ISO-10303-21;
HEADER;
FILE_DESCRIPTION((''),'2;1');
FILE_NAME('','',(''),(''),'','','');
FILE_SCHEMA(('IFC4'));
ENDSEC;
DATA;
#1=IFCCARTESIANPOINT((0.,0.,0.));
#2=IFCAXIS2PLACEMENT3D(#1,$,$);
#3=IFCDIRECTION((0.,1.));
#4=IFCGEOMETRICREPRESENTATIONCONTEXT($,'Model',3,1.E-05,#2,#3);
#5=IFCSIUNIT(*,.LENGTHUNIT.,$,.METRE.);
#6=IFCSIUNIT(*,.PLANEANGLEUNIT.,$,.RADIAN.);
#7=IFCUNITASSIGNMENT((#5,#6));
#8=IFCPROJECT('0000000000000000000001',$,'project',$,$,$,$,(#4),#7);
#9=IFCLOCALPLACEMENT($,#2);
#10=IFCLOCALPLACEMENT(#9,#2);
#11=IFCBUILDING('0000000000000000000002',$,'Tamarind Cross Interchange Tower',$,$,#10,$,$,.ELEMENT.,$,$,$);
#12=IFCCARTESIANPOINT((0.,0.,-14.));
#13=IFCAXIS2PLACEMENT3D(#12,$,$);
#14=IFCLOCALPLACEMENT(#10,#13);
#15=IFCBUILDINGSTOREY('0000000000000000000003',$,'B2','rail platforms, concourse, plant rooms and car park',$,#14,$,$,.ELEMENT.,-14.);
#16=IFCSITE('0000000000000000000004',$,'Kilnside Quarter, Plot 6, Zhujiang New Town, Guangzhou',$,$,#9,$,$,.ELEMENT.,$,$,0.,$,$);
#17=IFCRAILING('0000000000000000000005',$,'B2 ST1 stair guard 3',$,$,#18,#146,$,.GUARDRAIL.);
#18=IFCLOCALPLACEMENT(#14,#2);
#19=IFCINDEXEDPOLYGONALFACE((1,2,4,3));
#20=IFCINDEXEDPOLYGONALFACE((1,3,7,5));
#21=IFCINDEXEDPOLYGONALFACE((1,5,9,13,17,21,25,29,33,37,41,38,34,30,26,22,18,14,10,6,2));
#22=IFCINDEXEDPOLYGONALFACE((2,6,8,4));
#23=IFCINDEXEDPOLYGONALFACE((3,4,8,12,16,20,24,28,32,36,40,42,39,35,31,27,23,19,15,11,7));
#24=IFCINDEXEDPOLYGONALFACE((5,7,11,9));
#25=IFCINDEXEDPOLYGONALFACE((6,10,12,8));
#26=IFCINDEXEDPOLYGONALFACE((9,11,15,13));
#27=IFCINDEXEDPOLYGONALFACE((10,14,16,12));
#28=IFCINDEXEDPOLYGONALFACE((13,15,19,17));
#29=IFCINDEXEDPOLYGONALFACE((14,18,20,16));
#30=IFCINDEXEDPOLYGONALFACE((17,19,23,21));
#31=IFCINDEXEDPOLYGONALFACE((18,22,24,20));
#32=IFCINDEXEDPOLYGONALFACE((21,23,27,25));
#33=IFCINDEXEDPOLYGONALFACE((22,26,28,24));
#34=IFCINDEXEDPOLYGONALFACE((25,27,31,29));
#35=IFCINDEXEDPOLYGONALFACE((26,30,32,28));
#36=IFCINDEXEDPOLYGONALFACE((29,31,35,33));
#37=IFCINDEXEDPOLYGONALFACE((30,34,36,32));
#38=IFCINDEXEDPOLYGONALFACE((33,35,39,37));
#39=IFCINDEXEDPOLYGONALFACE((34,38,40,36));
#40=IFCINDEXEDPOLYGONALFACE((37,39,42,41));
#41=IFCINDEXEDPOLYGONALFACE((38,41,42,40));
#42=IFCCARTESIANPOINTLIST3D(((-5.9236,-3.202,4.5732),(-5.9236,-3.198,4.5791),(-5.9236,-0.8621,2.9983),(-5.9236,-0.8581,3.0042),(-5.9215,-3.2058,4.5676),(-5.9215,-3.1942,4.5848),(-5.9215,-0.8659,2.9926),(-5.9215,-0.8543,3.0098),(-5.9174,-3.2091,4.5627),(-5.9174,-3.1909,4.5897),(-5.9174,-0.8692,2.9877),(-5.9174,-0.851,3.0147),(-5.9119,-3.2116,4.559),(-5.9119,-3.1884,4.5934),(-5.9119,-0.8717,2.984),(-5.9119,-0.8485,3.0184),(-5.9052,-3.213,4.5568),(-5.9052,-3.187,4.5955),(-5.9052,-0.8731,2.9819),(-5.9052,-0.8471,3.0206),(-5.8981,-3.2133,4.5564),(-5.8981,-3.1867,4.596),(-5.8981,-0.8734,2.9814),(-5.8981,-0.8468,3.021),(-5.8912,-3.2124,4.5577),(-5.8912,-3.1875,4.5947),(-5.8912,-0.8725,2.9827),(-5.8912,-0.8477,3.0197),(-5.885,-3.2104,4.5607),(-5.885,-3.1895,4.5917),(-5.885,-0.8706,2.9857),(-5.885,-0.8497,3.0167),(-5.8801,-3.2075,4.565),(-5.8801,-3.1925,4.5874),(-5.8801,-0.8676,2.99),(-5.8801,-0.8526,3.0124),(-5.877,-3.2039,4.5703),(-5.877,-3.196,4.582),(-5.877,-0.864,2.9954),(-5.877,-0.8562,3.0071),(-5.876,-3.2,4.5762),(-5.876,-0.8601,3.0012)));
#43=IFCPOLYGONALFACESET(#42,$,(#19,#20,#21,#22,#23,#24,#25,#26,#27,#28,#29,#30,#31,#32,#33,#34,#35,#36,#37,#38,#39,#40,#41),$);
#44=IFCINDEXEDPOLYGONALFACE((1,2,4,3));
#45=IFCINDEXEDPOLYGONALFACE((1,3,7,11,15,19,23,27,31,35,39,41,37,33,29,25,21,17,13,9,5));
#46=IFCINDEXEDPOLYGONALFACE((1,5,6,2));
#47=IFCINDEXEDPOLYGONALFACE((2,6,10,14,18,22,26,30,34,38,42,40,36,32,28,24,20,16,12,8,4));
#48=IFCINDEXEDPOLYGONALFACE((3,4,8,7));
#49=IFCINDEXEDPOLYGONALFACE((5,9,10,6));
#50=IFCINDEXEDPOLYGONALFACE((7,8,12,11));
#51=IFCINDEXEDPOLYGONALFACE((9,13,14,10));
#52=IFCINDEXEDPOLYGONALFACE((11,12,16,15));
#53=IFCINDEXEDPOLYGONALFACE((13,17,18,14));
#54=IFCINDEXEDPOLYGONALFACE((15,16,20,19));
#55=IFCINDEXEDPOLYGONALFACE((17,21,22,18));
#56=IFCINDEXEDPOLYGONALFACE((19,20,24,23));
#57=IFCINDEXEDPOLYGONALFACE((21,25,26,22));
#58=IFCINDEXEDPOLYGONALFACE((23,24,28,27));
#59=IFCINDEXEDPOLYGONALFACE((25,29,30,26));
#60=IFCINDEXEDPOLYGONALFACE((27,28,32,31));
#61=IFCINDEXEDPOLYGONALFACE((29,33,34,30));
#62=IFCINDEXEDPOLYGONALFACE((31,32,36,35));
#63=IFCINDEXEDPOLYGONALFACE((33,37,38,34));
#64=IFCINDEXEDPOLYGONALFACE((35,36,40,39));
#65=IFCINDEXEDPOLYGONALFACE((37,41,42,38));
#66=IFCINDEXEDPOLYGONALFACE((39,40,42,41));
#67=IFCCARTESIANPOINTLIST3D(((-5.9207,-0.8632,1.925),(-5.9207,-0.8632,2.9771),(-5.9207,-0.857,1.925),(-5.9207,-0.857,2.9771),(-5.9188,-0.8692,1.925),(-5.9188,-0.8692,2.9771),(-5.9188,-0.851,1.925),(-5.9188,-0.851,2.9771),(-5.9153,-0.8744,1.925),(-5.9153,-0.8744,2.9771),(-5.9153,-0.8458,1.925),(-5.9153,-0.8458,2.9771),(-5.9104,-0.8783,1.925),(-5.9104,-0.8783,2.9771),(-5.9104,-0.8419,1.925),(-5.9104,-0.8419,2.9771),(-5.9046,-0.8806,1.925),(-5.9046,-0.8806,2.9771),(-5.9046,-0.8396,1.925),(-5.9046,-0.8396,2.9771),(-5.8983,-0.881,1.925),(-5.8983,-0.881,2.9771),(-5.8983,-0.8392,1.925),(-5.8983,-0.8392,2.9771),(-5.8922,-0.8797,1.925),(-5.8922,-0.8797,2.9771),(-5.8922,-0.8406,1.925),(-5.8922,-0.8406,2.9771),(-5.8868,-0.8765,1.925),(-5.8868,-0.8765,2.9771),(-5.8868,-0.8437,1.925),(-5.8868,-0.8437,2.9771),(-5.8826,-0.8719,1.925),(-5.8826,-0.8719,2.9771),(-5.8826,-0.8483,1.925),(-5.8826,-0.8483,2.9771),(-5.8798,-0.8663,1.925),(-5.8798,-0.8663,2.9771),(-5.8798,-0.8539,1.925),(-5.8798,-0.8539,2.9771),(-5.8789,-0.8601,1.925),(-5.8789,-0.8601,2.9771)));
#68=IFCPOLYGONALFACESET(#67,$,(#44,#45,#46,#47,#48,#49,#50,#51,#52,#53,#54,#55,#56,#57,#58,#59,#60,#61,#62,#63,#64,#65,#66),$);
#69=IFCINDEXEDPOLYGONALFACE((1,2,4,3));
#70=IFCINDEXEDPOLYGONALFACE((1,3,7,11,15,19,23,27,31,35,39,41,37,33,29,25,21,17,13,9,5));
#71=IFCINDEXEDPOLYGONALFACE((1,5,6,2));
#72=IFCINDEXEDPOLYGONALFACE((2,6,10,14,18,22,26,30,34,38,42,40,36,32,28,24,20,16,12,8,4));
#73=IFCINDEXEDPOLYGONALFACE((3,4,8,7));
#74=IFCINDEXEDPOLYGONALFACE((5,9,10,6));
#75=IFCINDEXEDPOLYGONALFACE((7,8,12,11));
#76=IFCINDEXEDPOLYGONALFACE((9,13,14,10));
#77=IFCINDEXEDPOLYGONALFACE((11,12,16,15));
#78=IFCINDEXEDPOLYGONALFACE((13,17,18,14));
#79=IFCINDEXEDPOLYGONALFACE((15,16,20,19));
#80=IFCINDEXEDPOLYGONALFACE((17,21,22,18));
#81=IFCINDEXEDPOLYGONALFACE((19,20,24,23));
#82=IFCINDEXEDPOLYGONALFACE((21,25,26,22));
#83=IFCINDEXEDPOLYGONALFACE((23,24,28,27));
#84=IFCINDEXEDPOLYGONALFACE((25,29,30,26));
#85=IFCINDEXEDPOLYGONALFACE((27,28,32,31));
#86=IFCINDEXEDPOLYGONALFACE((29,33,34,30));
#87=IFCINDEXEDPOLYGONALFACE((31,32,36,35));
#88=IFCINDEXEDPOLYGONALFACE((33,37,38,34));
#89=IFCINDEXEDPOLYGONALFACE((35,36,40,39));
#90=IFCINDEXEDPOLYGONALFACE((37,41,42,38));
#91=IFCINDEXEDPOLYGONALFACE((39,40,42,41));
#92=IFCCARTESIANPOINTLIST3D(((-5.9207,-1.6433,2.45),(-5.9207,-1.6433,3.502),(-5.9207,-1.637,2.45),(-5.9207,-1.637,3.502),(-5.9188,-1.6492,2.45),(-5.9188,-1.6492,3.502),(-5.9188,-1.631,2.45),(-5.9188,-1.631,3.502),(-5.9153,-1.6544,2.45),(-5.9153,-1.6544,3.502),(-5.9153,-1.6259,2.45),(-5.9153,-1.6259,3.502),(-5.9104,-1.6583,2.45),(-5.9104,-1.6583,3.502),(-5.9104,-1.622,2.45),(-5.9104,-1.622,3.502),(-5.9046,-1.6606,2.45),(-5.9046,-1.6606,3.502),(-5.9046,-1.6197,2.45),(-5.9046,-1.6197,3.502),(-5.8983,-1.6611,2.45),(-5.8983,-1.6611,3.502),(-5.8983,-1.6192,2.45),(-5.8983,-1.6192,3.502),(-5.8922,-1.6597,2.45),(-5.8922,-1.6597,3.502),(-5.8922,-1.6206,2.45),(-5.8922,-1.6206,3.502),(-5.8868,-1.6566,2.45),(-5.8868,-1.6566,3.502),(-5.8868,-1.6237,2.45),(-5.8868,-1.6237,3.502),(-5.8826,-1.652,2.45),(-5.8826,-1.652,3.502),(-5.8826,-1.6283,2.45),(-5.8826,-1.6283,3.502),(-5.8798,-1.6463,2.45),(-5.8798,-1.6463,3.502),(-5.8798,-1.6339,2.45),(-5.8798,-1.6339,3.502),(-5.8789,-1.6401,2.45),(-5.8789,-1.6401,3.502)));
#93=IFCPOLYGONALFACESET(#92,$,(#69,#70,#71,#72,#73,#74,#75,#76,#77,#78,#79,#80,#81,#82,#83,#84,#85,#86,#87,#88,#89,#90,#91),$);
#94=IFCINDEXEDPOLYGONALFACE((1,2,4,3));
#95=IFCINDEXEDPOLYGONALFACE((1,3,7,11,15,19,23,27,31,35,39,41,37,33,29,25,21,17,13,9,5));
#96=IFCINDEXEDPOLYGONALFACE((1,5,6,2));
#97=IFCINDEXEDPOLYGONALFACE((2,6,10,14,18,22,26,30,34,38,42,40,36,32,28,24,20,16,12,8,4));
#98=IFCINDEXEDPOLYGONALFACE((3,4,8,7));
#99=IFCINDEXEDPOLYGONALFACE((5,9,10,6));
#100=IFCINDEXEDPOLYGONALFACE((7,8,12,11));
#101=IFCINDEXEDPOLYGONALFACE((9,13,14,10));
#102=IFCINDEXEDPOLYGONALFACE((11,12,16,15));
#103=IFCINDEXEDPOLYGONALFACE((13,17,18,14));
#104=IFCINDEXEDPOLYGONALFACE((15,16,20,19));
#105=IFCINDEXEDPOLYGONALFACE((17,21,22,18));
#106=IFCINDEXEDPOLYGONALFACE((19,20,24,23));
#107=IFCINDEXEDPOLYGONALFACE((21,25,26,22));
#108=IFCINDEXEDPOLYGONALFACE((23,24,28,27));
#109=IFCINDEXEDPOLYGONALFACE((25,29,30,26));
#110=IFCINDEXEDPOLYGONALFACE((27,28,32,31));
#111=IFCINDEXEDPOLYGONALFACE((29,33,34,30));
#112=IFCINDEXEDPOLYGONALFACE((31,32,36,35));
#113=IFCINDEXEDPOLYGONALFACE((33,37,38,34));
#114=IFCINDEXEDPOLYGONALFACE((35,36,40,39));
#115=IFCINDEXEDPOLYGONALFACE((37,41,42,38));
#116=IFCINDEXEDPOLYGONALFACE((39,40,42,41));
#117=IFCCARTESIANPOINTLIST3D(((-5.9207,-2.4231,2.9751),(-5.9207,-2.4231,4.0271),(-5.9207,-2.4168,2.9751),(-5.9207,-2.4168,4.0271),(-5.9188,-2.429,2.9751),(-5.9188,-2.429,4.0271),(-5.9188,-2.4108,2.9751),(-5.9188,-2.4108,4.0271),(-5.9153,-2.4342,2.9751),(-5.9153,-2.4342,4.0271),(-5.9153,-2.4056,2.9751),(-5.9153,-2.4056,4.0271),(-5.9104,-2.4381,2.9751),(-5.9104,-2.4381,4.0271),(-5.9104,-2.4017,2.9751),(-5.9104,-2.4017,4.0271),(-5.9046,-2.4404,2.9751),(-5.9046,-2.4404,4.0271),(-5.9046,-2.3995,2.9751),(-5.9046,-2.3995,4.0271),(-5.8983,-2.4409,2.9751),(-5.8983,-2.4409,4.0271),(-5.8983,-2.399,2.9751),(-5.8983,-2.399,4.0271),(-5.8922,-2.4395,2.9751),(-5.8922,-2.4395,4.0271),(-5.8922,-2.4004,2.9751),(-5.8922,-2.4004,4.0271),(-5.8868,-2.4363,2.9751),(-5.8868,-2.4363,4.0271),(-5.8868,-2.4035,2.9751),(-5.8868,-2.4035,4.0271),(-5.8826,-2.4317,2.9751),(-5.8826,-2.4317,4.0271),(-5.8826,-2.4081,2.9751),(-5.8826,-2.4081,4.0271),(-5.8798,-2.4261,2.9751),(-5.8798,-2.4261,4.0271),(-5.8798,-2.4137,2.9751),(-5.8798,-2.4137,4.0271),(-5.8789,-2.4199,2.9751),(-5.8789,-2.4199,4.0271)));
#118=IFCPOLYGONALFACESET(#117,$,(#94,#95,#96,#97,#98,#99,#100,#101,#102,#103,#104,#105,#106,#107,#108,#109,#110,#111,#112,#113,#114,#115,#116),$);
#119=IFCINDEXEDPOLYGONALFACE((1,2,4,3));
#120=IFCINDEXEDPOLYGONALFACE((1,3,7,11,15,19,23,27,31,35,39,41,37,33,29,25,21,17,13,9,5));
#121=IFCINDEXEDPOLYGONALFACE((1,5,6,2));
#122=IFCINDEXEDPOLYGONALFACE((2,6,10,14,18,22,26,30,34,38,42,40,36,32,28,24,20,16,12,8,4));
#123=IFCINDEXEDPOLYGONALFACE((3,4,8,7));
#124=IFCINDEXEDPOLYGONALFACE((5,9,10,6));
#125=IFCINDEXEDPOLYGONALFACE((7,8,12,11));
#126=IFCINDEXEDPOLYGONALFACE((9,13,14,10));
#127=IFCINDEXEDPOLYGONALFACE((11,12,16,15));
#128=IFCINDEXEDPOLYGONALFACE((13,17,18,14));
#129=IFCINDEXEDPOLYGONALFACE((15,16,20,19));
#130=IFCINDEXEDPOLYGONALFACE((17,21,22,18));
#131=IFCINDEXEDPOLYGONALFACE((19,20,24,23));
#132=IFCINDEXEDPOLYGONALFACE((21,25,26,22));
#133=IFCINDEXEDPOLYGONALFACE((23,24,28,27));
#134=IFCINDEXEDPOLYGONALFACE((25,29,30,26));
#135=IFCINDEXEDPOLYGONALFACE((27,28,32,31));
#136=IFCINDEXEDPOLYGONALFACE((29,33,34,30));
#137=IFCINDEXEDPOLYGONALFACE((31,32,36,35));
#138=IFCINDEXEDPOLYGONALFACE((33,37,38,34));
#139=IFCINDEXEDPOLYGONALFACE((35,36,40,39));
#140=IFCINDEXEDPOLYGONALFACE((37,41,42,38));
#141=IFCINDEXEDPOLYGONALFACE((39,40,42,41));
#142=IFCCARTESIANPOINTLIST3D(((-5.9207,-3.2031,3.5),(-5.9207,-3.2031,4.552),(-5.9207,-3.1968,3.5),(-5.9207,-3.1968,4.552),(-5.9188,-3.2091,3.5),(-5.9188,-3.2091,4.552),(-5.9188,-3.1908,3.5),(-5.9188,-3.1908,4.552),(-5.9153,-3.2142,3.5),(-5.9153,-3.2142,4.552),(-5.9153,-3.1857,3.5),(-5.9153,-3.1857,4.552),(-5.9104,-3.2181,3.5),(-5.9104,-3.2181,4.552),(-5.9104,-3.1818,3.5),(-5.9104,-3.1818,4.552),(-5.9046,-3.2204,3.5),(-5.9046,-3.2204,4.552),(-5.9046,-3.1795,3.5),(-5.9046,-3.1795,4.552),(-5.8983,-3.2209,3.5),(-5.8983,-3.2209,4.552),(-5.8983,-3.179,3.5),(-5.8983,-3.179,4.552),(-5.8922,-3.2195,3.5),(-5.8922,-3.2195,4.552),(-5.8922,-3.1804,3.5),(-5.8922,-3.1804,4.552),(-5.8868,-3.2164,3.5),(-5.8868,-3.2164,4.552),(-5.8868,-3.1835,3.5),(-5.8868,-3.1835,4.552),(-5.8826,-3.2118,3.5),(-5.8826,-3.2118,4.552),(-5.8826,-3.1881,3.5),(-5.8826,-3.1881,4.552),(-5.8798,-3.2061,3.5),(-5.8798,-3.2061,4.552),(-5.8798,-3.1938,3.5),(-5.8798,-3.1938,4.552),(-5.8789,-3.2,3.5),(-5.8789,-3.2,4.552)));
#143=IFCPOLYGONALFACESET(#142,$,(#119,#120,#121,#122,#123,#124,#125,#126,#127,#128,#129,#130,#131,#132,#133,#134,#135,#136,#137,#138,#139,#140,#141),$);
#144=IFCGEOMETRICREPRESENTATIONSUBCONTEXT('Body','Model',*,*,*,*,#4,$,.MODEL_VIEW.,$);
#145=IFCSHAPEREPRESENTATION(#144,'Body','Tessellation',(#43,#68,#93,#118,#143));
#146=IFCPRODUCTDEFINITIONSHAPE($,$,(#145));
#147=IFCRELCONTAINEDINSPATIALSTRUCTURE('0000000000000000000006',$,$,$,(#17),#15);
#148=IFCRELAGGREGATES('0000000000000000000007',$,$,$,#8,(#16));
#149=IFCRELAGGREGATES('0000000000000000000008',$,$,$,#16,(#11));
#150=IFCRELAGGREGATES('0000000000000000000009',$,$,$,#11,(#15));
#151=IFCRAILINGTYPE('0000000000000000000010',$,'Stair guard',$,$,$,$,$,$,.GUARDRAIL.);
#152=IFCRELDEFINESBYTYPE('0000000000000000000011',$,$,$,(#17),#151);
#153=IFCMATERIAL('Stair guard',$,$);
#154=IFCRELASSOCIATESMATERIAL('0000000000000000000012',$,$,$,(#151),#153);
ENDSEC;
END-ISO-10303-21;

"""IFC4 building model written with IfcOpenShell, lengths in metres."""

from ifc_helpers import new_model, si_unit, direction, frame, origin, origin_2d, place, context, subcontext, project, spatial, circle, extrude, material, type_object, element, save


model = new_model("IFC4")

# Units and contexts
model_context = context("Model", 3, precision=1e-05, world=origin(), true_north=direction((0.0, 1.0)))
body_context = subcontext(model_context, "Body", "Model", "MODEL_VIEW")
ifc_project = project(units=[si_unit("LENGTHUNIT", "METRE"), si_unit("PLANEANGLEUNIT", "RADIAN")], contexts=[model_context])

# Site, building, storey
site_placement = place(None, origin())
site = spatial("IfcSite", under=ifc_project, at=site_placement, Name="Kilnside Quarter, Plot 6, Zhujiang New Town, Guangzhou", CompositionType="ELEMENT", RefElevation=0.0)
building_placement = place(site_placement, origin())
building = spatial("IfcBuilding", under=site, at=building_placement, Name="Tamarind Cross Interchange Tower", CompositionType="ELEMENT")
storey_placement = place(building_placement, frame((0.0, 0.0, -14.0)))
storey = spatial("IfcBuildingStorey", under=building, at=storey_placement, Name="B2", Description="rail platforms, concourse, plant rooms and car park", CompositionType="ELEMENT", Elevation=-14.0)

# Railing
ifc_material_1 = material(Name="Stair guard")
railing_type_1 = type_object("IfcRailingType", Name="Stair guard", PredefinedType="GUARDRAIL", material=ifc_material_1)
railing_1_placement = place(storey_placement, frame((-5.8999, -0.8601, 1.925)))
element("IfcRailing", 1, at=railing_1_placement, inside=storey, type_object=railing_type_1, Name="B2 ST1 stair guard 3", PredefinedType="GUARDRAIL", context=body_context, shape_type="SweptSolid", body=[
    extrude(circle(Radius=0.0239, at=origin_2d()), frame((0.0, 0.0, 1.0762), z_axis=(0.0, -0.829578, 0.55839), x_axis=(1.0, 0.0, 0.0)), (0.0, 0.0, 1.0), 2.8206),
    extrude(circle(Radius=0.021, at=origin_2d()), origin(), (0.0, 0.0, 1.0), 1.052),
    extrude(circle(Radius=0.021, at=origin_2d()), frame((0.0, -0.78, 0.5249)), (0.0, 0.0, 1.0), 1.052),
    extrude(circle(Radius=0.021, at=origin_2d()), frame((0.0, -1.5598, 1.05)), (0.0, 0.0, 1.0), 1.052),
    extrude(circle(Radius=0.021, at=origin_2d()), frame((0.0, -2.3398, 1.575)), (0.0, 0.0, 1.0), 1.052),
])

save(model, "model.ifc")
